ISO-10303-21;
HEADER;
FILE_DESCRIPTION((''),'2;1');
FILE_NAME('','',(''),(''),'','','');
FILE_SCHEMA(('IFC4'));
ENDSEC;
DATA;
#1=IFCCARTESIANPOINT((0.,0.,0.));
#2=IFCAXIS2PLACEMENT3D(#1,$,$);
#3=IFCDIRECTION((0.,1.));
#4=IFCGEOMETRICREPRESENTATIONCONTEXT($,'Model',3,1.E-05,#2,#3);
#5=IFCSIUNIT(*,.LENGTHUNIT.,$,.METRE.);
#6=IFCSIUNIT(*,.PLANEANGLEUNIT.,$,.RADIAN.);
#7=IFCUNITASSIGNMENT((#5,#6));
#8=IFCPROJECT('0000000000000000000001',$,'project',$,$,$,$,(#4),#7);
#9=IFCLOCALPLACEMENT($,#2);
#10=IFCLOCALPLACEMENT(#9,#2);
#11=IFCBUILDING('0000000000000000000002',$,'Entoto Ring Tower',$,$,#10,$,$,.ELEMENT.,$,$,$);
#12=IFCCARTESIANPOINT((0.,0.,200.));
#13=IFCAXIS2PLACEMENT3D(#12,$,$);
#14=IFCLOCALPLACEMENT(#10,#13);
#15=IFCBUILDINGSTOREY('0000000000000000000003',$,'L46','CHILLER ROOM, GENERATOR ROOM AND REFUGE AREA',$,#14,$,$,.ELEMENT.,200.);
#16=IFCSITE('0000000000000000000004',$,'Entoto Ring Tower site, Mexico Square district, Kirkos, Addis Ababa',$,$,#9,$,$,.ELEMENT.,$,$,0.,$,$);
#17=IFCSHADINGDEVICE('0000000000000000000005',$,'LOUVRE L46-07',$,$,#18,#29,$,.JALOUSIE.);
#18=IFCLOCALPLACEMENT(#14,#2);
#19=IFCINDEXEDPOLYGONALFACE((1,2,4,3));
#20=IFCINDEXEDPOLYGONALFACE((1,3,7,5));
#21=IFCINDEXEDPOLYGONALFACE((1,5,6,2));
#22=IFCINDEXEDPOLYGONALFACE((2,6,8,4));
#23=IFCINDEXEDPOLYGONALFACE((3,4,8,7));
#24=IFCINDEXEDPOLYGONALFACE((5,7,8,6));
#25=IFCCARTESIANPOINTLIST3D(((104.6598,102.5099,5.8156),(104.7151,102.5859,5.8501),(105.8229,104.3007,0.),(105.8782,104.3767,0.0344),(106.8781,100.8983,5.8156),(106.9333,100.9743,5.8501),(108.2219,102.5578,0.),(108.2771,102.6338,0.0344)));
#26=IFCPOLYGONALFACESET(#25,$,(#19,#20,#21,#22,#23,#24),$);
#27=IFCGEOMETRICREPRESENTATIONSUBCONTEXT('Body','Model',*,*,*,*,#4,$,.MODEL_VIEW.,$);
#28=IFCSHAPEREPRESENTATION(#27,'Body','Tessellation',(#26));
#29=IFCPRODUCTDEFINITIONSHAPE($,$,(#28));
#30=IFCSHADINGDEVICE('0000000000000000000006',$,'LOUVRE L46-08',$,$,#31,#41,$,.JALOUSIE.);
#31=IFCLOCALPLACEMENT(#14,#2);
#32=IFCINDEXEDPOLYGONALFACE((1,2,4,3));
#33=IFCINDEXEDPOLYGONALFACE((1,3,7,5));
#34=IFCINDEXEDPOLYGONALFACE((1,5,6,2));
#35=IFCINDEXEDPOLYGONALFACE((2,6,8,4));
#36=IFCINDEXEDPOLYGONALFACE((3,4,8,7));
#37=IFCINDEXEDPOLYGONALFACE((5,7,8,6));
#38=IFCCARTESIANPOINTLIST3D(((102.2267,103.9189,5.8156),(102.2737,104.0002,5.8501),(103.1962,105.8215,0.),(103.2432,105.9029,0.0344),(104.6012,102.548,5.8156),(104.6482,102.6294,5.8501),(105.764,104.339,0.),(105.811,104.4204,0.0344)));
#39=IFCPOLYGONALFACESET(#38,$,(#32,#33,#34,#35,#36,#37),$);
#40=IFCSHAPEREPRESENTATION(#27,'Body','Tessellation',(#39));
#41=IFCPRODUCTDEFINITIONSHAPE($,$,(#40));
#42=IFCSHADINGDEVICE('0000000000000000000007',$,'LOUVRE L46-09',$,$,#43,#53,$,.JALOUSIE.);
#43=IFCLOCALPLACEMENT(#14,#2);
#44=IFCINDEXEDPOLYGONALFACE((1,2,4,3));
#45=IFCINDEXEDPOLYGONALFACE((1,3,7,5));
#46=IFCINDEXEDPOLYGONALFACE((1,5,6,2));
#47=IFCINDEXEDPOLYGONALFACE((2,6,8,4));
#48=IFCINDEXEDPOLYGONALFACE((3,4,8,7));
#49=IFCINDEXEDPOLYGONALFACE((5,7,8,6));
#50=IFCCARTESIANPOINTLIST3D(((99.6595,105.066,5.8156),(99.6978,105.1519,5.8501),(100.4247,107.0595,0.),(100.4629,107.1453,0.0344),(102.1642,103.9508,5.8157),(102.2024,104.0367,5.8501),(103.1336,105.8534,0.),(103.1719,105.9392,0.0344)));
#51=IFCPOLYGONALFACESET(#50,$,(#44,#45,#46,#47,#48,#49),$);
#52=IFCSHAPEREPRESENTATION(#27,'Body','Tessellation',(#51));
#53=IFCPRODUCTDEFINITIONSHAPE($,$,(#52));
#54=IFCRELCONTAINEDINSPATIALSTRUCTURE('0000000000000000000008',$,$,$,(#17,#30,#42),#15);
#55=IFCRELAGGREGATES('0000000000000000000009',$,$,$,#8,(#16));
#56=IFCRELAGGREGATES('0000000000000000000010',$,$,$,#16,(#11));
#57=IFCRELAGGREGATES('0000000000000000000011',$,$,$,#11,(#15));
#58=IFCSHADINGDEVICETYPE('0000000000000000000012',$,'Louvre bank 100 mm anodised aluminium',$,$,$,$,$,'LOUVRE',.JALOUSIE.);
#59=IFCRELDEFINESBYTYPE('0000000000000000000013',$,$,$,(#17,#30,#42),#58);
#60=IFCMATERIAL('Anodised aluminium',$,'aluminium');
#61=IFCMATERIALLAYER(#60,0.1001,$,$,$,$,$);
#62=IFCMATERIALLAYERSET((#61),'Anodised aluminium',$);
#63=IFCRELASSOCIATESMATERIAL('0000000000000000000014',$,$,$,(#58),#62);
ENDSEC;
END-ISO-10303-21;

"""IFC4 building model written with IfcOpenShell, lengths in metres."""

from ifc_helpers import new_model, si_unit, direction, frame, origin, place, context, subcontext, project, spatial, polyline, outline, extrude, material, layer, layer_set, type_object, element, save


model = new_model("IFC4")

# Units and contexts
model_context = context("Model", 3, precision=1e-05, world=origin(), true_north=direction((0.0, 1.0)))
body_context = subcontext(model_context, "Body", "Model", "MODEL_VIEW")
ifc_project = project(units=[si_unit("LENGTHUNIT", "METRE"), si_unit("PLANEANGLEUNIT", "RADIAN")], contexts=[model_context])

# Site, building, storey
site_placement = place(None, origin())
site = spatial("IfcSite", under=ifc_project, at=site_placement, Name="Entoto Ring Tower site, Mexico Square district, Kirkos, Addis Ababa", CompositionType="ELEMENT", RefElevation=0.0)
building_placement = place(site_placement, origin())
building = spatial("IfcBuilding", under=site, at=building_placement, Name="Entoto Ring Tower", CompositionType="ELEMENT")
storey_placement = place(building_placement, frame((0.0, 0.0, 200.0)))
storey = spatial("IfcBuildingStorey", under=building, at=storey_placement, Name="L46", Description="CHILLER ROOM, GENERATOR ROOM AND REFUGE AREA", CompositionType="ELEMENT", Elevation=200.0)

# Shading devices
ifc_material_1 = material(Name="Anodised aluminium", Category="aluminium")
ifc_layer_1 = layer(ifc_material_1, 0.1001)
ifc_layer_set_1 = layer_set([ifc_layer_1], Name="Anodised aluminium")
shading_device_type = type_object("IfcShadingDeviceType", Name="Louvre bank 100 mm anodised aluminium", ElementType="LOUVRE", PredefinedType="JALOUSIE", material=ifc_layer_set_1)
shading_device_1_placement = place(storey_placement, frame((108.2771, 102.6338, 0.0344), z_axis=(0.551849, 0.759576, 0.344249), x_axis=(-0.809024, 0.587776, -0.000004)))
element("IfcShadingDevice", 1, at=shading_device_1_placement, inside=storey, type_object=shading_device_type, Name="LOUVRE L46-07", PredefinedType="JALOUSIE", context=body_context, shape_type="SweptSolid", body=[
    extrude(outline(polyline([(0.0, 0.0), (2.9652, 0.0), (2.8536, 6.1943), (0.1117, 6.1943), (0.0, 0.0)])), origin(), (0.0, 0.0, -1.0), 0.1001),
])
shading_device_2_placement = place(storey_placement, frame((105.811, 104.4204, 0.0344), z_axis=(0.469411, 0.813104, 0.344261), x_axis=(-0.866042, 0.499971, 0.000003)))
element("IfcShadingDevice", 2, at=shading_device_2_placement, inside=storey, type_object=shading_device_type, Name="LOUVRE L46-08", PredefinedType="JALOUSIE", context=body_context, shape_type="SweptSolid", body=[
    extrude(outline(polyline([(0.0, 0.0), (2.9651, 0.0), (2.8534, 6.1943), (0.1116, 6.1943), (0.0, 0.0)])), origin(), (0.0, 0.0, -1.0), 0.1001),
])
shading_device_3_placement = place(storey_placement, frame((103.1719, 105.9392, 0.0344), z_axis=(0.381881, 0.857707, 0.344246), x_axis=(-0.913544, 0.406739, 0.000008)))
element("IfcShadingDevice", 3, at=shading_device_3_placement, inside=storey, type_object=shading_device_type, Name="LOUVRE L46-09", PredefinedType="JALOUSIE", context=body_context, shape_type="SweptSolid", body=[
    extrude(outline(polyline([(0.0, 0.0), (2.9653, 0.0), (2.8536, 6.1942), (0.1119, 6.1943), (0.0, 0.0)])), origin(), (0.0, 0.0, -1.0), 0.1001),
])

save(model, "model.ifc")
